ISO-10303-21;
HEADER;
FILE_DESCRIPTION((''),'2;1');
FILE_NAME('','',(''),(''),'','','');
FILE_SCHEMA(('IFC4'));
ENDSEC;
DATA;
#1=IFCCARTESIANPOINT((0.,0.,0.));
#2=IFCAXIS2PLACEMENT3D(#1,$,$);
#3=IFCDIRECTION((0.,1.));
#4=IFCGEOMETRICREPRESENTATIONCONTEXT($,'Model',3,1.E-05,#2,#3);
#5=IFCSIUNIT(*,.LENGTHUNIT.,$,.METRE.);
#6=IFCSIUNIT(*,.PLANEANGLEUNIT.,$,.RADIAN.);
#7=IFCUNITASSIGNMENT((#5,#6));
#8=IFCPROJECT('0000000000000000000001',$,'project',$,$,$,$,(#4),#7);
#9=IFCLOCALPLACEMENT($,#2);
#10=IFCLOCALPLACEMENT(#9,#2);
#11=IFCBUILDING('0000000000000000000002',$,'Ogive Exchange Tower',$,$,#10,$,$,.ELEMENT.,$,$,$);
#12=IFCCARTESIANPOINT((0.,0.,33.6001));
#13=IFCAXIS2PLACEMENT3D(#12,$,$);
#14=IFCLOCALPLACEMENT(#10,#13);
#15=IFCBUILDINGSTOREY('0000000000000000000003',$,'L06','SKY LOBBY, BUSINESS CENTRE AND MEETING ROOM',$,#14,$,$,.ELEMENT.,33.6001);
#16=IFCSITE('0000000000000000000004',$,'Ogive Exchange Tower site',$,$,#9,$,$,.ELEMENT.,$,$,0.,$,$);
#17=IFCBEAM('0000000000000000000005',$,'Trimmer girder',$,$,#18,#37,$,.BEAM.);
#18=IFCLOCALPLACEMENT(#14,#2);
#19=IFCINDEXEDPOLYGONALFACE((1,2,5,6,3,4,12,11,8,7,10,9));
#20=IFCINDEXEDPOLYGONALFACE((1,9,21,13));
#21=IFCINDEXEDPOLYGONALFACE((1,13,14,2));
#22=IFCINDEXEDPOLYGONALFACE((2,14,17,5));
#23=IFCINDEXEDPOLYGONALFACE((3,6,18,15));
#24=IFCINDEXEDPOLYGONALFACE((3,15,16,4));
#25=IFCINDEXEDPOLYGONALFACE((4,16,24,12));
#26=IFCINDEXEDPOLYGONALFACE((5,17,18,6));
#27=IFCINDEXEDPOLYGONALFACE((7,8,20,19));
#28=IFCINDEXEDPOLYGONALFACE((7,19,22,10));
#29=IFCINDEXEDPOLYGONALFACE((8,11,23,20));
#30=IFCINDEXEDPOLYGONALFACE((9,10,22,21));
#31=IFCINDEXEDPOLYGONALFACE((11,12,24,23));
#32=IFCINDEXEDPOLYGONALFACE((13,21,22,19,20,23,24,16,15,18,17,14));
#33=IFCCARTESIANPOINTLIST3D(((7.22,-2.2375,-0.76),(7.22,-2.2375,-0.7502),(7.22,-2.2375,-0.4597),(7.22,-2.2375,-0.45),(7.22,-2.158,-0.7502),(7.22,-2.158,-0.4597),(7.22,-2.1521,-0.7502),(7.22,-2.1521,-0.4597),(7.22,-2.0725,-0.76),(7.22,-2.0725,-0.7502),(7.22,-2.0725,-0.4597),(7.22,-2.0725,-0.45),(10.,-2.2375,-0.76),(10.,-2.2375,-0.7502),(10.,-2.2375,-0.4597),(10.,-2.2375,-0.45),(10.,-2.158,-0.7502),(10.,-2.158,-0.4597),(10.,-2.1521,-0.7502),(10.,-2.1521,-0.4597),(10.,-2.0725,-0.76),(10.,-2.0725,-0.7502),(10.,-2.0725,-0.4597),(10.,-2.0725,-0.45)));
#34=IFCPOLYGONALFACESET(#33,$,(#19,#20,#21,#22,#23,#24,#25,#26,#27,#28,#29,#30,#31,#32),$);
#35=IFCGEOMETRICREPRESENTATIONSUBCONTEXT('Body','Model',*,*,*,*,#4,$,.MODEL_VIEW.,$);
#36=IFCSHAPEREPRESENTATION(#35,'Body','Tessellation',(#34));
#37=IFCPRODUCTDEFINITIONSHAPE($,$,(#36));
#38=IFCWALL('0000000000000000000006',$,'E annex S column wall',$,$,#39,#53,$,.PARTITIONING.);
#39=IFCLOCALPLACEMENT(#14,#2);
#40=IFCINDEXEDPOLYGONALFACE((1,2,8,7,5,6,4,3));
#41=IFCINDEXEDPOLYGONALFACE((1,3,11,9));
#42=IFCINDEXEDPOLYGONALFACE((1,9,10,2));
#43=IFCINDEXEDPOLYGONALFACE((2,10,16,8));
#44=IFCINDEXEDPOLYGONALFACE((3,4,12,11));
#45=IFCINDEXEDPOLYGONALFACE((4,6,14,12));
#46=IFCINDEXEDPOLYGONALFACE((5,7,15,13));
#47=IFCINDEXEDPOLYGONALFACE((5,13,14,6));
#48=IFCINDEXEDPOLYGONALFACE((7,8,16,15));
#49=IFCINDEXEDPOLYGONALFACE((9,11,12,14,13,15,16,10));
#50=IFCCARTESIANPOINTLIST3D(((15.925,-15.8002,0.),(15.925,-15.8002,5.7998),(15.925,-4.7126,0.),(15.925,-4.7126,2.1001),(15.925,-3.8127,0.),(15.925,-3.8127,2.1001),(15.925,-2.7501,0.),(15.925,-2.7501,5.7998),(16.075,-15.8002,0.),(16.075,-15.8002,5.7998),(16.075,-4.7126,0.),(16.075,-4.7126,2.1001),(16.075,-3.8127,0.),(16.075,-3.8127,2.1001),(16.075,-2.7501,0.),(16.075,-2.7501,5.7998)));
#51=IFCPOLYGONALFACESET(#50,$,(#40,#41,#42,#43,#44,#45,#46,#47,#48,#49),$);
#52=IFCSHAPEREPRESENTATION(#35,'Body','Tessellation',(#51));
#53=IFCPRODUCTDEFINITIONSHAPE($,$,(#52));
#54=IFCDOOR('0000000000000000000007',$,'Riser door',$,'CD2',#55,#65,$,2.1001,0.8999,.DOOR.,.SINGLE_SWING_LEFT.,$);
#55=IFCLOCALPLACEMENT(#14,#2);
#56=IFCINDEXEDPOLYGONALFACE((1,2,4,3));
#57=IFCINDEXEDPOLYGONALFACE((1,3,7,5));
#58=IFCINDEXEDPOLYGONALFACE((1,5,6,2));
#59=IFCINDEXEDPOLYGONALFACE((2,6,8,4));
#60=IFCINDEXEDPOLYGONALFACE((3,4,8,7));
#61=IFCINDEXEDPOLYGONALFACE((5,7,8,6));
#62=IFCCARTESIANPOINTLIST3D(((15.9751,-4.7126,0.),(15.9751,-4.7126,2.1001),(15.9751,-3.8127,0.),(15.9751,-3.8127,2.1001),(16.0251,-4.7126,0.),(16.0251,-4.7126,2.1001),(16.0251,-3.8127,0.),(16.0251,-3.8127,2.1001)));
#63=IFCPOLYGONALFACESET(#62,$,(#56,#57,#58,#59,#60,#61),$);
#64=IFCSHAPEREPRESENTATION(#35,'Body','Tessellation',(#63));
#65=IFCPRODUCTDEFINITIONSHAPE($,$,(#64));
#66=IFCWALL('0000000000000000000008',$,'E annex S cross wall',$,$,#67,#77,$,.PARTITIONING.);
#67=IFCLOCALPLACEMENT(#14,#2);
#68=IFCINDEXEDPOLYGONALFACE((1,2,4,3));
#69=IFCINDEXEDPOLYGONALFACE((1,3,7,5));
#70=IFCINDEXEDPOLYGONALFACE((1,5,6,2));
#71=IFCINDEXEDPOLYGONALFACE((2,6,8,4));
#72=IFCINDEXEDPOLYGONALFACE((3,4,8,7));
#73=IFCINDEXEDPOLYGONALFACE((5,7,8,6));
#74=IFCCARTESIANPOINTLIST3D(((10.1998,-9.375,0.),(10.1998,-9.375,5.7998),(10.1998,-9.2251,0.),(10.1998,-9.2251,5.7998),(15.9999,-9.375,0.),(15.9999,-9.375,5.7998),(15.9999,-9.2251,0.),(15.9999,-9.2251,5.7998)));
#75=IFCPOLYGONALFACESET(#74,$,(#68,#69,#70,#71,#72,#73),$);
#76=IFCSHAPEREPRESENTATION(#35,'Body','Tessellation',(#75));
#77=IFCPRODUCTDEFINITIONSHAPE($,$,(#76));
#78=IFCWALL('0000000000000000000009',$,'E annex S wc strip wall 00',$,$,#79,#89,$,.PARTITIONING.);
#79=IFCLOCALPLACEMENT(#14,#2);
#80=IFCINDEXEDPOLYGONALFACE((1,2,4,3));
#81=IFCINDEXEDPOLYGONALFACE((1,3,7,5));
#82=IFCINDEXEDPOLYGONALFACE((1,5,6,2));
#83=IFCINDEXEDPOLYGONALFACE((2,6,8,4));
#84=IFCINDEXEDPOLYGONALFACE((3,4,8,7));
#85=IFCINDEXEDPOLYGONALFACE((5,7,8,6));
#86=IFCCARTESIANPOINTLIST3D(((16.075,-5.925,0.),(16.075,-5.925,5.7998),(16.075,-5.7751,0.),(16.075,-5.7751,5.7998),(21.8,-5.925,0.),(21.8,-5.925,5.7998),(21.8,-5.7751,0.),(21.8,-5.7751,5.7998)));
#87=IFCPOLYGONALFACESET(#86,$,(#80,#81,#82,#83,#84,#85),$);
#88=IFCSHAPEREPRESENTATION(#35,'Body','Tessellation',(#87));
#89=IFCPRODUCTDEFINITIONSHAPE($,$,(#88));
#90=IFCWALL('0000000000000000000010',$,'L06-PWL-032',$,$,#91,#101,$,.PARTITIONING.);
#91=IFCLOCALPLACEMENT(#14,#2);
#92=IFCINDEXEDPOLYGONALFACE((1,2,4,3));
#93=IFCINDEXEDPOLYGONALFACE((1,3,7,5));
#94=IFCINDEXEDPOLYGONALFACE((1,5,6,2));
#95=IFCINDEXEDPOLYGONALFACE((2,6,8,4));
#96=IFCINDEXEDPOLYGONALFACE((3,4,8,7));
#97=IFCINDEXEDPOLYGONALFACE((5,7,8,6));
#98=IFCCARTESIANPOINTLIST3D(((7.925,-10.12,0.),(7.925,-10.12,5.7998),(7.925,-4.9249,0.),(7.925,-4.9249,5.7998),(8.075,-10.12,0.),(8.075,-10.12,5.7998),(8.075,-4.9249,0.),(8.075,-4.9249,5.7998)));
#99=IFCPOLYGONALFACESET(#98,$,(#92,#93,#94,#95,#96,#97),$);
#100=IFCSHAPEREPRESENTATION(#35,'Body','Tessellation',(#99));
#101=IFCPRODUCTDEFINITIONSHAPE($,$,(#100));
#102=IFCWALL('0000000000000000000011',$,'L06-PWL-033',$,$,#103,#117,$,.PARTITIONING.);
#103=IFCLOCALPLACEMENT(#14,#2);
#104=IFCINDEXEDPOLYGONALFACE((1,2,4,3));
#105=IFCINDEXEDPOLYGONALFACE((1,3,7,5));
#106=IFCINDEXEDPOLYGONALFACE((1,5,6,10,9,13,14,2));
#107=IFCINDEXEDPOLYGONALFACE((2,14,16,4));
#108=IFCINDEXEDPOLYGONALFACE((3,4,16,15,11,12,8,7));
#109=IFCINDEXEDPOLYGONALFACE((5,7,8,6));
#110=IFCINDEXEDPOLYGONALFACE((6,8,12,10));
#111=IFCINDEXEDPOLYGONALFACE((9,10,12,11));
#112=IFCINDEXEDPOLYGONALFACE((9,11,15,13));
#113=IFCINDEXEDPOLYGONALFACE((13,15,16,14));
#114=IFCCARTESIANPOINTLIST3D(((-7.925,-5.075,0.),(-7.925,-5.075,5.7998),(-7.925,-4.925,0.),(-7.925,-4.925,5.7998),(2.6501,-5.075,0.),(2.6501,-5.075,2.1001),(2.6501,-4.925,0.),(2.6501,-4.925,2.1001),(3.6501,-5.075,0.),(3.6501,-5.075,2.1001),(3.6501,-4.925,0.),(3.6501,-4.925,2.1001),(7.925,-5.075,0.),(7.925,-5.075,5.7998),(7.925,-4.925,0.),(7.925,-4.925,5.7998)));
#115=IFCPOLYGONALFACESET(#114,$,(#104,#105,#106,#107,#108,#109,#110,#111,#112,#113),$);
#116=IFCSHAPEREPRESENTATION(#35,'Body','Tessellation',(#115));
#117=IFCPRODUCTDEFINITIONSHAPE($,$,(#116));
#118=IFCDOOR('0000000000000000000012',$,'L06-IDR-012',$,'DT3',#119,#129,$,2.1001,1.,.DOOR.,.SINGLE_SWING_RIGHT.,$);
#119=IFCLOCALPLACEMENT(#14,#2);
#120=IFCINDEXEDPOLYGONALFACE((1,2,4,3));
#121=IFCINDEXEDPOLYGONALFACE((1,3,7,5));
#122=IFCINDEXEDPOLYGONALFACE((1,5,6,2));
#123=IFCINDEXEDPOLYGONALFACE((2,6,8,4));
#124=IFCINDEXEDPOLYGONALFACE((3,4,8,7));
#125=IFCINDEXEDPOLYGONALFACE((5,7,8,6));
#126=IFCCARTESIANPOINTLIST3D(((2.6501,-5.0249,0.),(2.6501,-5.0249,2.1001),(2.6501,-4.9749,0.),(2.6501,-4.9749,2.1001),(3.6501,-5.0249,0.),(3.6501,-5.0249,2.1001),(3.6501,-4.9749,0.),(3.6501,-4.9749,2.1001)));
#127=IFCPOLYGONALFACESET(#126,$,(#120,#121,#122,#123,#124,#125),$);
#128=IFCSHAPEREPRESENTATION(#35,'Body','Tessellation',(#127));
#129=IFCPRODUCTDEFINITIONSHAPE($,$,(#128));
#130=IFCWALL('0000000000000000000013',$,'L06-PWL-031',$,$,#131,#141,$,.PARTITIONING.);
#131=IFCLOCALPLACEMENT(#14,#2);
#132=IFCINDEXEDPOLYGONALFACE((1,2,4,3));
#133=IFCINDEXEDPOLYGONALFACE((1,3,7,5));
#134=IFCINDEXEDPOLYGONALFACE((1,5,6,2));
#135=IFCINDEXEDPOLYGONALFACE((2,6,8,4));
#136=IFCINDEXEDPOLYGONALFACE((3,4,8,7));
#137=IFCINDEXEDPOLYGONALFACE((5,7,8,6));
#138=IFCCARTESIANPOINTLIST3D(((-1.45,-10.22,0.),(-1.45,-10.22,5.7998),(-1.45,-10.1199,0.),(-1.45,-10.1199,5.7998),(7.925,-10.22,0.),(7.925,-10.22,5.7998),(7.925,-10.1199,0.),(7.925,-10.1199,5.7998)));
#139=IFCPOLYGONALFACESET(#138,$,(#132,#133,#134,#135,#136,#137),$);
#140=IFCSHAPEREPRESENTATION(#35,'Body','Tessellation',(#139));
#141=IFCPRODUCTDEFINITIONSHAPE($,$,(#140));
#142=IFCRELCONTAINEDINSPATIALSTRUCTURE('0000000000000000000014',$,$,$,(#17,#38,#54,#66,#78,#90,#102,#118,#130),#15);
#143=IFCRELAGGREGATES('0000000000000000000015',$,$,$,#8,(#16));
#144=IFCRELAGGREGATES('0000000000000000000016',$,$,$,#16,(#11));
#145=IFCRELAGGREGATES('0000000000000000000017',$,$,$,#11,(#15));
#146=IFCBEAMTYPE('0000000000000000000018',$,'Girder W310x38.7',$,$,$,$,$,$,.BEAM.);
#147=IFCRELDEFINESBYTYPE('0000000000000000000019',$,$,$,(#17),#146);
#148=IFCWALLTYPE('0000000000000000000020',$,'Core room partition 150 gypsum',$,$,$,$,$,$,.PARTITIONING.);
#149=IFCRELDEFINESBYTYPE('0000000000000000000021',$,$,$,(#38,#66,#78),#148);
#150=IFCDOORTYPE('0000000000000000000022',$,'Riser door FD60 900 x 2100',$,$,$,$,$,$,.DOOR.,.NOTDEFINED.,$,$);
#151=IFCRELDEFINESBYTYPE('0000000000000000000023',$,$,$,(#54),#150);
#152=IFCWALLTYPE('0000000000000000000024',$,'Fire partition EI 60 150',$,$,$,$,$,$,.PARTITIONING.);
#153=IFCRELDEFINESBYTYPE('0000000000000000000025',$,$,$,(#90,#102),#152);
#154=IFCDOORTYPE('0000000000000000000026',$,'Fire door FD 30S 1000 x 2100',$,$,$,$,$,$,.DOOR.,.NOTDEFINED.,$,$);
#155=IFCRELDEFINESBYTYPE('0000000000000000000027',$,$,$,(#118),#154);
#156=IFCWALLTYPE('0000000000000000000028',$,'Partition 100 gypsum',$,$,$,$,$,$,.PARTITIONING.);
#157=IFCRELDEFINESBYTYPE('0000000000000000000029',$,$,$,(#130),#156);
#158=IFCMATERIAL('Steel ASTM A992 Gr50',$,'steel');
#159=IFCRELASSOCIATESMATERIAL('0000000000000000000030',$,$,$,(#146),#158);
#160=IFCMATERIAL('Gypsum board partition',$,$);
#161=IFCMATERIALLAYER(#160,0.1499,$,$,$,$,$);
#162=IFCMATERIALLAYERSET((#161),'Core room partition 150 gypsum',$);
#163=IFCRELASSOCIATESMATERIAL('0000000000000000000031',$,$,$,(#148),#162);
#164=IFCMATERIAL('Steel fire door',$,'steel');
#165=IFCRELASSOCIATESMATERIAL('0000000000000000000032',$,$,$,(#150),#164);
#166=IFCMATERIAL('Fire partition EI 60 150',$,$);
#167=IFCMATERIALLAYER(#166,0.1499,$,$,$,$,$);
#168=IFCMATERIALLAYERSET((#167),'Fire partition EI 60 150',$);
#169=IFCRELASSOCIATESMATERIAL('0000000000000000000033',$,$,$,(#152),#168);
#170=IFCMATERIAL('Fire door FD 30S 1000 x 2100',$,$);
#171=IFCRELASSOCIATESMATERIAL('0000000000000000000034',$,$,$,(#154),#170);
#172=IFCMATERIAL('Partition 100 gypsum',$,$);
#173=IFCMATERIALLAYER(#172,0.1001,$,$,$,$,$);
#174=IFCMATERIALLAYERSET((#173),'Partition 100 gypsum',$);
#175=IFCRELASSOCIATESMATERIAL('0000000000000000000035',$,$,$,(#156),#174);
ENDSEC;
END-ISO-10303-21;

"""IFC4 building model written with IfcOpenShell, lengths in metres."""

from ifc_helpers import new_model, si_unit, direction, frame, frame_2d, origin, origin_2d, place, context, subcontext, project, spatial, rectangle, i_section, extrude, material, layer, layer_set, material_profile, profile_set, type_object, element, fill, save


model = new_model("IFC4")

# Units and contexts
model_context = context("Model", 3, precision=1e-05, world=origin(), true_north=direction((0.0, 1.0)))
body_context = subcontext(model_context, "Body", "Model", "MODEL_VIEW")
ifc_project = project(units=[si_unit("LENGTHUNIT", "METRE"), si_unit("PLANEANGLEUNIT", "RADIAN")], contexts=[model_context])

# Site, building, storey
site_placement = place(None, origin())
site = spatial("IfcSite", under=ifc_project, at=site_placement, Name="Ogive Exchange Tower site", CompositionType="ELEMENT", RefElevation=0.0)
building_placement = place(site_placement, origin())
building = spatial("IfcBuilding", under=site, at=building_placement, Name="Ogive Exchange Tower", CompositionType="ELEMENT")
storey_placement = place(building_placement, frame((0.0, 0.0, 33.6001)))
storey = spatial("IfcBuildingStorey", under=building, at=storey_placement, Name="L06", Description="SKY LOBBY, BUSINESS CENTRE AND MEETING ROOM", CompositionType="ELEMENT", Elevation=33.6001)

# Beam
ifc_material_1 = material(Name="Steel ASTM A992 Gr50", Category="steel")
ifc_material_profile = material_profile(ifc_material_1, i_section(OverallWidth=0.165, OverallDepth=0.3101, WebThickness=0.0059, FlangeThickness=0.0098, at=origin_2d()), Name="W310x38.7")
ifc_profile_set = profile_set([ifc_material_profile], Name="Steel ASTM A992 Gr50")
beam_type = type_object("IfcBeamType", Name="Girder W310x38.7", PredefinedType="BEAM", material=ifc_profile_set)
beam_placement = place(storey_placement, frame((7.22, -2.155, -0.605), z_axis=(1.0, 0.0, 0.0), x_axis=(0.0, 1.0, 0.0)))
element("IfcBeam", 1, at=beam_placement, inside=storey, type_object=beam_type, Name="Trimmer girder", PredefinedType="BEAM", context=body_context, shape_type="SweptSolid", body=[
    extrude(i_section(OverallWidth=0.165, OverallDepth=0.3101, WebThickness=0.0059, FlangeThickness=0.0098, at=origin_2d()), origin(), (0.0, 0.0, 1.0), 2.78),
])

# Wall, opening, door
ifc_material_2 = material(Name="Gypsum board partition")
ifc_layer_1 = layer(ifc_material_2, 0.1499)
ifc_layer_set_1 = layer_set([ifc_layer_1], Name="Core room partition 150 gypsum")
wall_type_1 = type_object("IfcWallType", Name="Core room partition 150 gypsum", PredefinedType="PARTITIONING", material=ifc_layer_set_1)
wall_1_placement = place(storey_placement, frame((16.0, -15.8, 0.0), z_axis=(0.0, 0.0, 1.0), x_axis=(0.0, 1.0, 0.0)))
wall_1 = element("IfcWall", 2, at=wall_1_placement, inside=storey, type_object=wall_type_1, Name="E annex S column wall", PredefinedType="PARTITIONING", context=body_context, shape_type="SweptSolid", body=[
    extrude(rectangle(XDim=13.05, YDim=0.1499, at=frame_2d((6.5249, 0.0))), origin(), (0.0, 0.0, 1.0), 5.7998),
])
opening_1_placement = place(wall_1_placement, frame((11.0874, 0.0, 0.0)))
opening_1 = element("IfcOpeningElement", 3, at=opening_1_placement, cuts=wall_1, PredefinedType="OPENING", context=body_context, shape_type="SweptSolid", body=[
    extrude(rectangle(XDim=0.8999, YDim=2.1001, at=frame_2d((0.45, 1.05))), frame((0.0, 0.085, 0.0), z_axis=(0.0, -1.0, 0.0), x_axis=(1.0, 0.0, 0.0)), (0.0, 0.0, 1.0), 0.1699),
])
ifc_material_3 = material(Name="Steel fire door", Category="steel")
door_type_1 = type_object("IfcDoorType", Name="Riser door FD60 900 x 2100", OperationType="NOTDEFINED", PredefinedType="DOOR", material=ifc_material_3)
door_1_placement = place(opening_1_placement, origin())
door_1 = element("IfcDoor", 4, at=door_1_placement, inside=storey, type_object=door_type_1, Name="Riser door", ObjectType="CD2", OperationType="SINGLE_SWING_LEFT", OverallHeight=2.1001, OverallWidth=0.8999, PredefinedType="DOOR", context=body_context, shape_type="SweptSolid", body=[
    extrude(rectangle(XDim=0.8999, YDim=2.1001, at=frame_2d((0.45, 1.05))), frame((0.0, 0.0249, 0.0), z_axis=(0.0, -1.0, 0.0), x_axis=(1.0, 0.0, 0.0)), (0.0, 0.0, 1.0), 0.05),
])
fill(opening_1, door_1)

# Walls
wall_2_placement = place(storey_placement, frame((10.2, -9.3, 0.0), z_axis=(0.0, 0.0, 1.0), x_axis=(1.0, 0.0, 0.0)))
element("IfcWall", 5, at=wall_2_placement, inside=storey, type_object=wall_type_1, Name="E annex S cross wall", PredefinedType="PARTITIONING", context=body_context, shape_type="SweptSolid", body=[
    extrude(rectangle(XDim=5.8, YDim=0.1499, at=frame_2d((2.8999, 0.0))), origin(), (0.0, 0.0, 1.0), 5.7998),
])
wall_3_placement = place(storey_placement, frame((16.075, -5.8501, 0.0), z_axis=(0.0, 0.0, 1.0), x_axis=(1.0, 0.0, 0.0)))
element("IfcWall", 6, at=wall_3_placement, inside=storey, type_object=wall_type_1, Name="E annex S wc strip wall 00", PredefinedType="PARTITIONING", context=body_context, shape_type="SweptSolid", body=[
    extrude(rectangle(XDim=5.7251, YDim=0.1499, at=frame_2d((2.8625, 0.0))), origin(), (0.0, 0.0, 1.0), 5.7998),
])
ifc_material_4 = material(Name="Fire partition EI 60 150")
ifc_layer_2 = layer(ifc_material_4, 0.1499)
ifc_layer_set_2 = layer_set([ifc_layer_2], Name="Fire partition EI 60 150")
wall_type_2 = type_object("IfcWallType", Name="Fire partition EI 60 150", PredefinedType="PARTITIONING", material=ifc_layer_set_2)
wall_4_placement = place(storey_placement, frame((8.0, -10.1201, 0.0), z_axis=(0.0, 0.0, 1.0), x_axis=(0.0, 1.0, 0.0)))
element("IfcWall", 7, at=wall_4_placement, inside=storey, type_object=wall_type_2, Name="L06-PWL-032", PredefinedType="PARTITIONING", context=body_context, shape_type="SweptSolid", body=[
    extrude(rectangle(XDim=5.1951, YDim=0.1499, at=frame_2d((2.5977, 0.0))), origin(), (0.0, 0.0, 1.0), 5.7998),
])

# Wall, opening, door
wall_5_placement = place(storey_placement, frame((7.925, -5.0, 0.0), z_axis=(0.0, 0.0, 1.0), x_axis=(-1.0, 0.0, 0.0)))
wall_5 = element("IfcWall", 8, at=wall_5_placement, inside=storey, type_object=wall_type_2, Name="L06-PWL-033", PredefinedType="PARTITIONING", context=body_context, shape_type="SweptSolid", body=[
    extrude(rectangle(XDim=15.8501, YDim=0.1499, at=frame_2d((7.925, 0.0))), origin(), (0.0, 0.0, 1.0), 5.7998),
])
opening_2_placement = place(wall_5_placement, frame((4.2749, 0.0, 0.0)))
opening_2 = element("IfcOpeningElement", 9, at=opening_2_placement, cuts=wall_5, PredefinedType="OPENING", context=body_context, shape_type="SweptSolid", body=[
    extrude(rectangle(XDim=1.0, YDim=2.1001, at=frame_2d((0.5, 1.05))), frame((0.0, 0.085, 0.0), z_axis=(0.0, -1.0, 0.0), x_axis=(1.0, 0.0, 0.0)), (0.0, 0.0, 1.0), 0.1699),
])
ifc_material_5 = material(Name="Fire door FD 30S 1000 x 2100")
door_type_2 = type_object("IfcDoorType", Name="Fire door FD 30S 1000 x 2100", OperationType="NOTDEFINED", PredefinedType="DOOR", material=ifc_material_5)
door_2_placement = place(opening_2_placement, origin())
door_2 = element("IfcDoor", 10, at=door_2_placement, inside=storey, type_object=door_type_2, Name="L06-IDR-012", ObjectType="DT3", OperationType="SINGLE_SWING_RIGHT", OverallHeight=2.1001, OverallWidth=1.0, PredefinedType="DOOR", context=body_context, shape_type="SweptSolid", body=[
    extrude(rectangle(XDim=1.0, YDim=2.1001, at=frame_2d((0.5, 1.05))), frame((0.0, 0.0249, 0.0), z_axis=(0.0, -1.0, 0.0), x_axis=(1.0, 0.0, 0.0)), (0.0, 0.0, 1.0), 0.05),
])
fill(opening_2, door_2)

# Wall
ifc_material_6 = material(Name="Partition 100 gypsum")
ifc_layer_3 = layer(ifc_material_6, 0.1001)
ifc_layer_set_3 = layer_set([ifc_layer_3], Name="Partition 100 gypsum")
wall_type_3 = type_object("IfcWallType", Name="Partition 100 gypsum", PredefinedType="PARTITIONING", material=ifc_layer_set_3)
wall_6_placement = place(storey_placement, frame((7.925, -10.1699, 0.0), z_axis=(0.0, 0.0, 1.0), x_axis=(-1.0, 0.0, 0.0)))
element("IfcWall", 11, at=wall_6_placement, inside=storey, type_object=wall_type_3, Name="L06-PWL-031", PredefinedType="PARTITIONING", context=body_context, shape_type="SweptSolid", body=[
    extrude(rectangle(XDim=9.375, YDim=0.1001, at=frame_2d((4.6875, 0.0))), origin(), (0.0, 0.0, 1.0), 5.7998),
])

save(model, "model.ifc")
